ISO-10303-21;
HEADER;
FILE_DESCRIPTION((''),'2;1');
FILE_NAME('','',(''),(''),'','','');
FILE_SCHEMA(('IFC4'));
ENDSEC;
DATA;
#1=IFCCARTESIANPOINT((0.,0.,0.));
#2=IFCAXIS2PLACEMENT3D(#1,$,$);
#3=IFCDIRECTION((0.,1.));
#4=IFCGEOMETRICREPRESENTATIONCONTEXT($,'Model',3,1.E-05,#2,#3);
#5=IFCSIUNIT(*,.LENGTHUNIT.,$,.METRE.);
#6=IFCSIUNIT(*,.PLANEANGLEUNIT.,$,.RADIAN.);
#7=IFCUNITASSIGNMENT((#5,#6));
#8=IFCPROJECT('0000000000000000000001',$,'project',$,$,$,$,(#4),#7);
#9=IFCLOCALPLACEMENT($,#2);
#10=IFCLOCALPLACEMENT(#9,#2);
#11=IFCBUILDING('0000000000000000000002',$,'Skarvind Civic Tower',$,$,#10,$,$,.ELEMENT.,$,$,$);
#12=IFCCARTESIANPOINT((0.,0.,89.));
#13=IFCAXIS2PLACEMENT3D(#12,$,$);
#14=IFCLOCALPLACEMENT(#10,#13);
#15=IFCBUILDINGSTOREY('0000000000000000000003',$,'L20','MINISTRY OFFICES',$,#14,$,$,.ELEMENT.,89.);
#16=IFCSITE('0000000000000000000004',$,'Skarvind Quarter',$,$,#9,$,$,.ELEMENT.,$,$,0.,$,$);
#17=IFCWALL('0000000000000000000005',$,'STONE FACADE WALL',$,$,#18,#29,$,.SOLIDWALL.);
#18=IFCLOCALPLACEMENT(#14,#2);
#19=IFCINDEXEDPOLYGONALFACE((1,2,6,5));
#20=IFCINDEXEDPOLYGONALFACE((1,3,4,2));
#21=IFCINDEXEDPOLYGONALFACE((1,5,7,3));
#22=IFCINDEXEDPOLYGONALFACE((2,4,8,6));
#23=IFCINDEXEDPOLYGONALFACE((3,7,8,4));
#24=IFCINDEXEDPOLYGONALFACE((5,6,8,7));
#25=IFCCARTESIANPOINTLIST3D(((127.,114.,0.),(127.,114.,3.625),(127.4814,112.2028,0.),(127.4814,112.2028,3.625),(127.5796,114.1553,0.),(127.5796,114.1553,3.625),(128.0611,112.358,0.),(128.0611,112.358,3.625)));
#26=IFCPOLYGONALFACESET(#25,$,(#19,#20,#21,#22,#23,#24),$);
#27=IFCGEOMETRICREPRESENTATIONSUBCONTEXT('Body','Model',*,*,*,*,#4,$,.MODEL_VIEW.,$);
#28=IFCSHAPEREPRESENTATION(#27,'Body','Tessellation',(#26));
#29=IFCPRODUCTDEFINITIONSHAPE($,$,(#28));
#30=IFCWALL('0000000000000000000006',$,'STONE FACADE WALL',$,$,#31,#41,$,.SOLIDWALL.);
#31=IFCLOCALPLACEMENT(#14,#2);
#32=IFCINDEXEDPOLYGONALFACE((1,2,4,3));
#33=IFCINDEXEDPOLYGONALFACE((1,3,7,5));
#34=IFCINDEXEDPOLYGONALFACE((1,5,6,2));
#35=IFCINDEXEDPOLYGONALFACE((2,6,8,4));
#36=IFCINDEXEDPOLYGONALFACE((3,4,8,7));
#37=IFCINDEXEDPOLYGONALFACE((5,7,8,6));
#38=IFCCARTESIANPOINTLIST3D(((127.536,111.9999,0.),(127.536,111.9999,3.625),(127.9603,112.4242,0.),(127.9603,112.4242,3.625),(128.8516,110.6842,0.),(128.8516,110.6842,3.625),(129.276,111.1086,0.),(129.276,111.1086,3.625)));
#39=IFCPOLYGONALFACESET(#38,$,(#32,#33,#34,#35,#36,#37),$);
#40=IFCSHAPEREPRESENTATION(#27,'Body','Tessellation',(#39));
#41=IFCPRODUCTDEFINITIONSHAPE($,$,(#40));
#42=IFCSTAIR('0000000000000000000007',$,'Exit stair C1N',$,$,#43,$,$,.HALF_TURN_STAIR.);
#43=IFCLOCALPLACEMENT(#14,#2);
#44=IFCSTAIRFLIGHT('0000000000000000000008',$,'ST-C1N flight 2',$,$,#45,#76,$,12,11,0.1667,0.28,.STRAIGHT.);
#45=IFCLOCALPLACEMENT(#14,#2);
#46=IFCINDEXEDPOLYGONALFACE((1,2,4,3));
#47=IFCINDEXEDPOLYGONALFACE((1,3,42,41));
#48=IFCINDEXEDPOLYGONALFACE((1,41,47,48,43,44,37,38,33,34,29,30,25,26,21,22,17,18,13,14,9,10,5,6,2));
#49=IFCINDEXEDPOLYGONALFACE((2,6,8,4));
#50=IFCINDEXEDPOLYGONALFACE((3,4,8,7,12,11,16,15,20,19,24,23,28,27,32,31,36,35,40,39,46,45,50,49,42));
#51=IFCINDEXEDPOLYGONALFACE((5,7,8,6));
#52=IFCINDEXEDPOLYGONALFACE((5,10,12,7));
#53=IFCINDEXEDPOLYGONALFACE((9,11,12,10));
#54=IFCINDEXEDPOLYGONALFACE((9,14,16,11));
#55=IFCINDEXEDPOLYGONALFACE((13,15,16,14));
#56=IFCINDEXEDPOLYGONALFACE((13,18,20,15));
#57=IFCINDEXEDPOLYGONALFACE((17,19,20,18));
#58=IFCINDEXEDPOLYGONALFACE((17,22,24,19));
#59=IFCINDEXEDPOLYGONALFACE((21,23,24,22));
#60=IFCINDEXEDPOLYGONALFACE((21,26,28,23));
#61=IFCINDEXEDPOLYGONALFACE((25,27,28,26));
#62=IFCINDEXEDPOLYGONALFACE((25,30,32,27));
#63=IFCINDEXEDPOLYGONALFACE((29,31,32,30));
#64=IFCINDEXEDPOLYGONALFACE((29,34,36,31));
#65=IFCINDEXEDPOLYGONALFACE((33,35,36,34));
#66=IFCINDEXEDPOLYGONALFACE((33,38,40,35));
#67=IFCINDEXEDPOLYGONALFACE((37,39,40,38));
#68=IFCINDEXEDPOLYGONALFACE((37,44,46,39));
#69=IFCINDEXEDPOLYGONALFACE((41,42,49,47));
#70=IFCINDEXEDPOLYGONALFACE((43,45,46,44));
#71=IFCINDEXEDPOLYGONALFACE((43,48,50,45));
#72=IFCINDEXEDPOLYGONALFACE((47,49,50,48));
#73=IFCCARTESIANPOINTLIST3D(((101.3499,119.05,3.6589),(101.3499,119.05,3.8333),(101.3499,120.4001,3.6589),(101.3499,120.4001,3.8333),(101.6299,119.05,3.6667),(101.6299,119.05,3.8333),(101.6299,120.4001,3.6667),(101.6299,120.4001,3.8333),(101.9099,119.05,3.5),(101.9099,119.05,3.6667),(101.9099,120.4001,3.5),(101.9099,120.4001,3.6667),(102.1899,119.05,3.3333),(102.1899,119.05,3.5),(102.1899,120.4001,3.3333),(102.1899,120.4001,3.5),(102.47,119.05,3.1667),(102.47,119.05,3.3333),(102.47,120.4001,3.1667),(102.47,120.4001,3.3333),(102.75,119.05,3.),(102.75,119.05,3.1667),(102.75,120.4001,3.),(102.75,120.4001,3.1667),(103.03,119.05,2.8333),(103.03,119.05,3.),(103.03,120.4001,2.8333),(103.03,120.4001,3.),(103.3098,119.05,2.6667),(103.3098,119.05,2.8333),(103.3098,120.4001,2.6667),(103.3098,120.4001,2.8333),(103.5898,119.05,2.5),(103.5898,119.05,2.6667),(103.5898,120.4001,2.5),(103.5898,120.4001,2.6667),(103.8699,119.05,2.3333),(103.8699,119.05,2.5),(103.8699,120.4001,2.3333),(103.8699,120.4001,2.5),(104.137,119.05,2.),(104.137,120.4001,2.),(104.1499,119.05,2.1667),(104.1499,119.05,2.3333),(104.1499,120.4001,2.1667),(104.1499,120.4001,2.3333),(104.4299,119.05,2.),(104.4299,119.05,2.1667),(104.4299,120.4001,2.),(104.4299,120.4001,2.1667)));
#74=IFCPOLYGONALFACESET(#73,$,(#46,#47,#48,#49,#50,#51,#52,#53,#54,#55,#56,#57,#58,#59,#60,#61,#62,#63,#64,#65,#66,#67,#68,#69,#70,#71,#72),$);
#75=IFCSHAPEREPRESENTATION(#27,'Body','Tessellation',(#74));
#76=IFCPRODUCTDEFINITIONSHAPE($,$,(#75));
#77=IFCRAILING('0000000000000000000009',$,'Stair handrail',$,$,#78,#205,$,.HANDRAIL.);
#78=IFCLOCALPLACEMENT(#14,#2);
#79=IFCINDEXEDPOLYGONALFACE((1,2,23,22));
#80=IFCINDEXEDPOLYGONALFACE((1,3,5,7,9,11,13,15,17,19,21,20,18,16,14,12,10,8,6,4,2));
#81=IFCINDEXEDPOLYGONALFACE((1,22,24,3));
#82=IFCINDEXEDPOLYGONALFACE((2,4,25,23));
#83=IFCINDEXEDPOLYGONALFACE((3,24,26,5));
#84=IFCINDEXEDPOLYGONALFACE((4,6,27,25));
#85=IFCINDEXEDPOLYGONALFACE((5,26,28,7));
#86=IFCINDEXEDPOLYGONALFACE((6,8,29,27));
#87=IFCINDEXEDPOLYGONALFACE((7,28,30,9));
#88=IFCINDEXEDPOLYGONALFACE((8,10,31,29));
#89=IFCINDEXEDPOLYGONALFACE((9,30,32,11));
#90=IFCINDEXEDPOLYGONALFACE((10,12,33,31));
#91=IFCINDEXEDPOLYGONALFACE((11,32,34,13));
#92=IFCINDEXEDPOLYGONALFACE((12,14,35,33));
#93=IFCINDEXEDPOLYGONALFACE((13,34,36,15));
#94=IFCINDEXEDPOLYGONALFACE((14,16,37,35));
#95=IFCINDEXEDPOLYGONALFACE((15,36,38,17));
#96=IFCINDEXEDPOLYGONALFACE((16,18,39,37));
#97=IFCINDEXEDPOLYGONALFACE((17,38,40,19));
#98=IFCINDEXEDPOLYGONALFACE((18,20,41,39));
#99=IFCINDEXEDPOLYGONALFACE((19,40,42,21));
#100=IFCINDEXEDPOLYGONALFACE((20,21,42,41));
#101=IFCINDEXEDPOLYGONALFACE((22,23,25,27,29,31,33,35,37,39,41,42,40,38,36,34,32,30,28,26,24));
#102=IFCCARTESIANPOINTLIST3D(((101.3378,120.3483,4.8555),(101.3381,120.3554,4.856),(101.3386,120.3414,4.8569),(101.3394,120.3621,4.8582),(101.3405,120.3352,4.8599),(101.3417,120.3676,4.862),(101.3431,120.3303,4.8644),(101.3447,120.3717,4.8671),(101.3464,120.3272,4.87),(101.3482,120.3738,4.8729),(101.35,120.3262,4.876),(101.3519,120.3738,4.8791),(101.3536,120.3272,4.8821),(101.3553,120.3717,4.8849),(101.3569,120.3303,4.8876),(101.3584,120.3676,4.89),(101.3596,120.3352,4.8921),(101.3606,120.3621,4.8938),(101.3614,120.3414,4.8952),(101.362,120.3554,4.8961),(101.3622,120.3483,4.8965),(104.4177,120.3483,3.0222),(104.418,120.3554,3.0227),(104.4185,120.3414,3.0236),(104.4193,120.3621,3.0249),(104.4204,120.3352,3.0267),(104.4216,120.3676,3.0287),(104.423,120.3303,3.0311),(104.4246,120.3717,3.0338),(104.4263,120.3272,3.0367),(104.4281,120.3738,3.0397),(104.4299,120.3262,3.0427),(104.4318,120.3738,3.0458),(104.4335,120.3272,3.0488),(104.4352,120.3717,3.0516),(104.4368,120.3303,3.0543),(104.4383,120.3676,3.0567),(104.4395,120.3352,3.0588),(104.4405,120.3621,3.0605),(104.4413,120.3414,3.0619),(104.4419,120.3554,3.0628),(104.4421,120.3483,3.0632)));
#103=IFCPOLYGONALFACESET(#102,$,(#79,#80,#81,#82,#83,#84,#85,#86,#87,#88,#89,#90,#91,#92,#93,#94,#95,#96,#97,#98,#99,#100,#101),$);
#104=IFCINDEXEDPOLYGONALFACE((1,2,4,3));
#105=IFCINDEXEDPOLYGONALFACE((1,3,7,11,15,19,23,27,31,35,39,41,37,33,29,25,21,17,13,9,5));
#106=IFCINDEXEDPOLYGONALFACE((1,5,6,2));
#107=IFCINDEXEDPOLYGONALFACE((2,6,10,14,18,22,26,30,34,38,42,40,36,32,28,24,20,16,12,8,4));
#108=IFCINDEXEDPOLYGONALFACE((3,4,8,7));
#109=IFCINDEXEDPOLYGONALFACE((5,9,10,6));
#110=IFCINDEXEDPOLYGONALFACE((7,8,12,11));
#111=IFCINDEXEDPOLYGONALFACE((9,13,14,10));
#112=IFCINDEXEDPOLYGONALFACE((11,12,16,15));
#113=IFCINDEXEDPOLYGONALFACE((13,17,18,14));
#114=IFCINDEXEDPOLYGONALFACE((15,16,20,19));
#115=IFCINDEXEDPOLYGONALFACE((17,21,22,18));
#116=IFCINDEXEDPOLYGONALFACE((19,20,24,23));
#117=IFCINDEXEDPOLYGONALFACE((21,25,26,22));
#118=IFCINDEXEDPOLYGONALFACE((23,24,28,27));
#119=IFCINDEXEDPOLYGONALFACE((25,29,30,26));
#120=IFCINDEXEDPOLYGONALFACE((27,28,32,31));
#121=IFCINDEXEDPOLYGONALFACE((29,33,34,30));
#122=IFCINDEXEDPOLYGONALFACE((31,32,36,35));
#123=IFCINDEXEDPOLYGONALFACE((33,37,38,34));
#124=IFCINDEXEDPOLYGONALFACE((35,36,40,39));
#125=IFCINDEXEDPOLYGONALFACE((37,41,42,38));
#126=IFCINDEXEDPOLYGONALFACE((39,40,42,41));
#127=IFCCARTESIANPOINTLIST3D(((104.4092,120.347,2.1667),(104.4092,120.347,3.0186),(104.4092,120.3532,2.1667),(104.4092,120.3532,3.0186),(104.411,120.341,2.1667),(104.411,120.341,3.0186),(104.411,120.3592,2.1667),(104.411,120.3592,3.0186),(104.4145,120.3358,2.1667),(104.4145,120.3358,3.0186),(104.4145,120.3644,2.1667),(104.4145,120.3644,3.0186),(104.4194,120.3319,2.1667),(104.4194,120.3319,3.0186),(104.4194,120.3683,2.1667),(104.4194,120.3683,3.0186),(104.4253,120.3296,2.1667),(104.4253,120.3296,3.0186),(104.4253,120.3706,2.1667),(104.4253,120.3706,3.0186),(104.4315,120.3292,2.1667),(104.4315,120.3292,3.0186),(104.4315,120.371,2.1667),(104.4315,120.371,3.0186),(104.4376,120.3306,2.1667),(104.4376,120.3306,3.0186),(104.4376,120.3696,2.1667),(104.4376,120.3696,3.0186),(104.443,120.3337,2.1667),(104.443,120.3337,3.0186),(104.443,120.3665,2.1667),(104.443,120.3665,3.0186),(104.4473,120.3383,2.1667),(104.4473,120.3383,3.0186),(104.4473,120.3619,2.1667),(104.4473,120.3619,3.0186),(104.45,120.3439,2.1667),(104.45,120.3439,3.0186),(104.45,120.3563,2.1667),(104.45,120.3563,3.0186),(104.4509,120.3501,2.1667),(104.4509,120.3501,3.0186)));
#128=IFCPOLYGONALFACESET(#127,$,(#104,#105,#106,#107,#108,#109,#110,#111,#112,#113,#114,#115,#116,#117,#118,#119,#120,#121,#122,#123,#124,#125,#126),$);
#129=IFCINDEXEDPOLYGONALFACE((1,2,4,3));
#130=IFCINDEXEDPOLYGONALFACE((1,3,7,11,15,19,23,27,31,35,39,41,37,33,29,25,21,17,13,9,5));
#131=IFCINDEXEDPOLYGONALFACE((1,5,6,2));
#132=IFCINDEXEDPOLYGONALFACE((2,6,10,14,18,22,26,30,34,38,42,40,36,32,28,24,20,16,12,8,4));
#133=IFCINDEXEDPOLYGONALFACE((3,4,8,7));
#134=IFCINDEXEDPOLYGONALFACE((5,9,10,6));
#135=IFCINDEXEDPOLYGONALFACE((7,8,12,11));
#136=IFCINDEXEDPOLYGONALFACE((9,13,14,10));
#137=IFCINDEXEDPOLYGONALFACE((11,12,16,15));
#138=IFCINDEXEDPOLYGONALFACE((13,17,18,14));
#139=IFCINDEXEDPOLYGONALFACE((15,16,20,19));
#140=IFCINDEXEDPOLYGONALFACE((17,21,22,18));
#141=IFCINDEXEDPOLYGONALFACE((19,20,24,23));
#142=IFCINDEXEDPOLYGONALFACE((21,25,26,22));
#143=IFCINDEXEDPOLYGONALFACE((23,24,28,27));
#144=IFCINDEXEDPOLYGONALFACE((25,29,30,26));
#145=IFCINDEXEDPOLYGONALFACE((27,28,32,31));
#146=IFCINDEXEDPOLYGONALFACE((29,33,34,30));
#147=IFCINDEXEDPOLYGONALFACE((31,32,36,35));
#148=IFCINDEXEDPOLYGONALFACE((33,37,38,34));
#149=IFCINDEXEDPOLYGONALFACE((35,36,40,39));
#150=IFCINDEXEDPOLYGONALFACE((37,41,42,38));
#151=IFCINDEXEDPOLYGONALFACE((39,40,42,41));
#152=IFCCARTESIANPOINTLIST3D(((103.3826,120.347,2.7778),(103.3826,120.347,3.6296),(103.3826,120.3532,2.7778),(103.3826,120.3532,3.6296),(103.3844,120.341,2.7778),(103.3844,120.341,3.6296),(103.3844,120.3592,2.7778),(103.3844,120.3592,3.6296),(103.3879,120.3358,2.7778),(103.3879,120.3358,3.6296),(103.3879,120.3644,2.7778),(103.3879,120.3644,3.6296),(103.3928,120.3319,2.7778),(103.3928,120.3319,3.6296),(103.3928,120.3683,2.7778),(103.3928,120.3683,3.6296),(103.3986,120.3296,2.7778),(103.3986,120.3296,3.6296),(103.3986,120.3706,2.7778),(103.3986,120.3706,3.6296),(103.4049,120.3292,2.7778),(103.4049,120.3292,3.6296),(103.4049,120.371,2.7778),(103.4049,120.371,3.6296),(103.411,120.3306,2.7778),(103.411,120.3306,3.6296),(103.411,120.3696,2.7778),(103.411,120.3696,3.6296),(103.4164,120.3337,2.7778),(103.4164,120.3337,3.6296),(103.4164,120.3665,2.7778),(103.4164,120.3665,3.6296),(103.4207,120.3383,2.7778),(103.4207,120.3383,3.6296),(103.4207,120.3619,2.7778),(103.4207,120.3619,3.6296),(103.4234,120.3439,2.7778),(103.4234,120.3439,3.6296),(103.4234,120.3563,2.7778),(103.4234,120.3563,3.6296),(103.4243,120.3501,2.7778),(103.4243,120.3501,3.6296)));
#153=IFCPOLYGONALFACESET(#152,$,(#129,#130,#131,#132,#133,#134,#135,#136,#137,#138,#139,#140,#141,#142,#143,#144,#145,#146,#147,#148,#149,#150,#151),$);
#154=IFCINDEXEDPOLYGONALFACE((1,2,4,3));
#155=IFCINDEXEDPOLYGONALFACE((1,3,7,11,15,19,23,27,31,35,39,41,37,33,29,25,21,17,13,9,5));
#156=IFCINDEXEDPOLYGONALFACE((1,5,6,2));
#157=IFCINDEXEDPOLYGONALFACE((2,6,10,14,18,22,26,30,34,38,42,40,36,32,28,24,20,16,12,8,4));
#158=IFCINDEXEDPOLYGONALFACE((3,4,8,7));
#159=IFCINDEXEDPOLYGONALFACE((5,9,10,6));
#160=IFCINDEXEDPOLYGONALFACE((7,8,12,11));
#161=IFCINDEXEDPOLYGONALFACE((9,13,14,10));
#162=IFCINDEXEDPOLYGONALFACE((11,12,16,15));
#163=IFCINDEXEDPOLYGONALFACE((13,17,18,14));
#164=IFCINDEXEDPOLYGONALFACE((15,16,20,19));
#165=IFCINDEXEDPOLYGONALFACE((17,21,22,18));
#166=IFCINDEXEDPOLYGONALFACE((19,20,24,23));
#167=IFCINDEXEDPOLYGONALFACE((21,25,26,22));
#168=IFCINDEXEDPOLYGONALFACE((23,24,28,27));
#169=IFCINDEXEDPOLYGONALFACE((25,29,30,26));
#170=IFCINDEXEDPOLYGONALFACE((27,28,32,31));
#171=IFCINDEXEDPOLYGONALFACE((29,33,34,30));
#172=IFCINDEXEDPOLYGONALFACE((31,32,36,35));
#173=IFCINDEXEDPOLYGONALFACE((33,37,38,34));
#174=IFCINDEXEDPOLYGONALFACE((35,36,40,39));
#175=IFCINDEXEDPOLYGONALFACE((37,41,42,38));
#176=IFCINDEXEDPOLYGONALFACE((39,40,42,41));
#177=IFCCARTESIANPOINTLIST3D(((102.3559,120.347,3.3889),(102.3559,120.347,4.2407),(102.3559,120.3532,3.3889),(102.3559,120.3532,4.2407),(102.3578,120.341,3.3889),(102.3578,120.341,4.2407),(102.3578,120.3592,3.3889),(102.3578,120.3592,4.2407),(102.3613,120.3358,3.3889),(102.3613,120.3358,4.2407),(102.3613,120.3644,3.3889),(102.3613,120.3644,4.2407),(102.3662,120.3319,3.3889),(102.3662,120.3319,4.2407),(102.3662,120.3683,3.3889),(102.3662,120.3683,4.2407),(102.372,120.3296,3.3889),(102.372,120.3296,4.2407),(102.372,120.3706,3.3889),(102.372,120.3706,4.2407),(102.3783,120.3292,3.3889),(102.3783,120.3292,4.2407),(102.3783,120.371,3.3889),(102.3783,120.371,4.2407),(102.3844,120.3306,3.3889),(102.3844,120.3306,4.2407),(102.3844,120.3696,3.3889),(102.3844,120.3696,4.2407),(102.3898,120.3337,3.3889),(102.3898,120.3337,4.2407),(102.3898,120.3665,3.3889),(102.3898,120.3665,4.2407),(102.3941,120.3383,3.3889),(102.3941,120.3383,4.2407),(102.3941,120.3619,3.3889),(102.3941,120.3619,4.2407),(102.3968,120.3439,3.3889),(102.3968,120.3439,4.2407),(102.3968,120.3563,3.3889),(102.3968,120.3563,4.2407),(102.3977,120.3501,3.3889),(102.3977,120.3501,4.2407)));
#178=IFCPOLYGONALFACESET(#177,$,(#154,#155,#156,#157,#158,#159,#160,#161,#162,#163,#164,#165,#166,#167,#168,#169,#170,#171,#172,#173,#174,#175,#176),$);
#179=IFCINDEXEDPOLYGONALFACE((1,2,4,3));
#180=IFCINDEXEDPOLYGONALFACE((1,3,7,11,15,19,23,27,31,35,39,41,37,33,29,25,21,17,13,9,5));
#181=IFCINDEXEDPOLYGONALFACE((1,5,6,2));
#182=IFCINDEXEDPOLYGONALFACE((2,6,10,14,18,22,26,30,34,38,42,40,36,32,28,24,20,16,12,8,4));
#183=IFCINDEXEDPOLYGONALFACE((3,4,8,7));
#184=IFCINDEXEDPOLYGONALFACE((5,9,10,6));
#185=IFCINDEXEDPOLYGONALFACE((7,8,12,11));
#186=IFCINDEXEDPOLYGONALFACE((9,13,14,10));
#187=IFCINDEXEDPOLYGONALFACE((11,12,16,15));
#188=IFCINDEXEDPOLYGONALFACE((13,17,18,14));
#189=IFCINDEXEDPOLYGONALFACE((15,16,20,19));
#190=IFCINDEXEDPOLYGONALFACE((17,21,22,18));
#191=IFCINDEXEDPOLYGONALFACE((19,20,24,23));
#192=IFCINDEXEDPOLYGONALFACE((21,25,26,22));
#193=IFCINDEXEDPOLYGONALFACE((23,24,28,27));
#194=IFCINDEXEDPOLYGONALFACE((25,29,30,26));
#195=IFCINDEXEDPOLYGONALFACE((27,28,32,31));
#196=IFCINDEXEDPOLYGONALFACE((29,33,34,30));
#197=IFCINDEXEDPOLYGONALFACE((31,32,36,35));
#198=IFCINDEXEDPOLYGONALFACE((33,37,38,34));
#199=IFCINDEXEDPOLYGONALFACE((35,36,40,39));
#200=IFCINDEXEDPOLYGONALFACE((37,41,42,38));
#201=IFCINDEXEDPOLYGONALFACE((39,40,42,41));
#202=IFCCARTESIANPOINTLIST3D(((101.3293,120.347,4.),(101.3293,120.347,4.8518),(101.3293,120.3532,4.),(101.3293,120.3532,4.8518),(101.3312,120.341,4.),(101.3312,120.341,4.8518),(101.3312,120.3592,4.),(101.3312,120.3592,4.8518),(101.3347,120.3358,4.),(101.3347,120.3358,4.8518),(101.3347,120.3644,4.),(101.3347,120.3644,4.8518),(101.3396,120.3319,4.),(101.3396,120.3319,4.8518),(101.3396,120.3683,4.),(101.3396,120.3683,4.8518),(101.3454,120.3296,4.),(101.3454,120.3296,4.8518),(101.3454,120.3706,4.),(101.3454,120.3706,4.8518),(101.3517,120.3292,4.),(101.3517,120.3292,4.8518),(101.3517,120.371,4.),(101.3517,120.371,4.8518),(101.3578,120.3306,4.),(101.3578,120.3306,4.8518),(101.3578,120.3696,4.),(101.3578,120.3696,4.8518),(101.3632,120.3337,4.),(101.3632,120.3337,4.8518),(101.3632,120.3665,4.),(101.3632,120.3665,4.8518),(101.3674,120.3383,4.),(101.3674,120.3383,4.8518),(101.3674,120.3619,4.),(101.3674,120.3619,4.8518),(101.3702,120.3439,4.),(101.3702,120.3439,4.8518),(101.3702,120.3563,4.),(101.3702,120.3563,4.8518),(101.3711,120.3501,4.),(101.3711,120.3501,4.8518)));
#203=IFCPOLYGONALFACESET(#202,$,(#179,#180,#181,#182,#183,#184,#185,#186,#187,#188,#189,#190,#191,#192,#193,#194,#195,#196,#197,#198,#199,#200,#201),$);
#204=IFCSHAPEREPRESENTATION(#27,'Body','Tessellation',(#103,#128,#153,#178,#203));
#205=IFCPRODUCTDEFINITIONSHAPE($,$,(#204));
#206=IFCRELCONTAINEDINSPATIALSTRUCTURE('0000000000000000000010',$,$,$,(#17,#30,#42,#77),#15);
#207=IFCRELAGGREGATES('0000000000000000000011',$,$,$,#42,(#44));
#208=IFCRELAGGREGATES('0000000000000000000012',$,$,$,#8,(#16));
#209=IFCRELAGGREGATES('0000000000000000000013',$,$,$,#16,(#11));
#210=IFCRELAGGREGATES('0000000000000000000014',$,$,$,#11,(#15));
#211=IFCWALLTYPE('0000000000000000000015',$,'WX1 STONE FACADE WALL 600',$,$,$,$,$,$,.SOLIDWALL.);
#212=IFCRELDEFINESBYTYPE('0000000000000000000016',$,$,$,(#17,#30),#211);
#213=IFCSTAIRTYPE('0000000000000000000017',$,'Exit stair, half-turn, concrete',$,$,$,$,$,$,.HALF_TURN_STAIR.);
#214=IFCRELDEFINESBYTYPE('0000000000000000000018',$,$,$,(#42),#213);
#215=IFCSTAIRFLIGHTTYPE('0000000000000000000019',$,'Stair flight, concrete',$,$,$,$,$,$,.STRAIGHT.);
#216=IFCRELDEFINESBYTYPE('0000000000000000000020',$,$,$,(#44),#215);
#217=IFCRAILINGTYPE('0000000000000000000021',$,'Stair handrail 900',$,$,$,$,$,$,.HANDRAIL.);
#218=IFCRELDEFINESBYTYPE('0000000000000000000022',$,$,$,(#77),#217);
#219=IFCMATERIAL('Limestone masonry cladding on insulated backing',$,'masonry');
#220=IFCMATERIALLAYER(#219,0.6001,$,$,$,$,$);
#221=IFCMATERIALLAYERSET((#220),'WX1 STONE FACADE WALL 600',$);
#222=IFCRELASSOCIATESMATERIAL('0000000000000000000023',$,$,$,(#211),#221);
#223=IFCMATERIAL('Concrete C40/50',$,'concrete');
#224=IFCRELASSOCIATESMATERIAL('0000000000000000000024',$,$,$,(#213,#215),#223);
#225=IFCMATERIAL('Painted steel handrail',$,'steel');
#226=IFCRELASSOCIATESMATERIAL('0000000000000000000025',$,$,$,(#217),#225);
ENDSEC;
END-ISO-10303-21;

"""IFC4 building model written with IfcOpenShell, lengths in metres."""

from ifc_helpers import new_model, si_unit, direction, frame, frame_2d, origin, origin_2d, place, context, subcontext, project, spatial, polyline, rectangle, circle, outline, extrude, material, layer, layer_set, type_object, element, aggregate, save


model = new_model("IFC4")

# Units and contexts
model_context = context("Model", 3, precision=1e-05, world=origin(), true_north=direction((0.0, 1.0)))
body_context = subcontext(model_context, "Body", "Model", "MODEL_VIEW")
ifc_project = project(units=[si_unit("LENGTHUNIT", "METRE"), si_unit("PLANEANGLEUNIT", "RADIAN")], contexts=[model_context])

# Site, building, storey
site_placement = place(None, origin())
site = spatial("IfcSite", under=ifc_project, at=site_placement, Name="Skarvind Quarter", CompositionType="ELEMENT", RefElevation=0.0)
building_placement = place(site_placement, origin())
building = spatial("IfcBuilding", under=site, at=building_placement, Name="Skarvind Civic Tower", CompositionType="ELEMENT")
storey_placement = place(building_placement, frame((0.0, 0.0, 89.0)))
storey = spatial("IfcBuildingStorey", under=building, at=storey_placement, Name="L20", Description="MINISTRY OFFICES", CompositionType="ELEMENT", Elevation=89.0)

# Walls
ifc_material_1 = material(Name="Limestone masonry cladding on insulated backing", Category="masonry")
ifc_layer_1 = layer(ifc_material_1, 0.6001)
ifc_layer_set_1 = layer_set([ifc_layer_1], Name="WX1 STONE FACADE WALL 600")
wall_type_1 = type_object("IfcWallType", Name="WX1 STONE FACADE WALL 600", PredefinedType="SOLIDWALL", material=ifc_layer_set_1)
for number, where, z_axis, x_axis, name in (
    (1, (127.7712, 112.2805, 0.0), (0.0, 0.0, 1.0), (-0.258773, 0.965938, 0.0), "STONE FACADE WALL"),
    (2, (129.0637, 110.8965, 0.0), (0.0, 0.0, 1.0), (-0.707107, 0.707107, 0.0), "STONE FACADE WALL"),
):
    element("IfcWall", number, at=place(storey_placement, frame(where, z_axis=z_axis, x_axis=x_axis)), inside=storey, type_object=wall_type_1, Name=name, PredefinedType="SOLIDWALL", context=body_context, shape_type="SweptSolid", body=[
        extrude(rectangle(XDim=1.8606, YDim=0.6001, at=frame_2d((0.9302, 0.0))), origin(), (0.0, 0.0, 1.0), 3.625),
    ])

# Stair, stair flight
ifc_material_2 = material(Name="Concrete C40/50", Category="concrete")
stair_type = type_object("IfcStairType", Name="Exit stair, half-turn, concrete", PredefinedType="HALF_TURN_STAIR", material=ifc_material_2)
stair_placement = place(storey_placement, origin())
stair = element("IfcStair", 3, at=stair_placement, inside=storey, type_object=stair_type, Name="Exit stair C1N", PredefinedType="HALF_TURN_STAIR")
stair_flight_type = type_object("IfcStairFlightType", Name="Stair flight, concrete", PredefinedType="STRAIGHT", material=ifc_material_2)
stair_flight_placement = place(storey_placement, frame((104.4299, 119.7251, 2.0), z_axis=(0.0, 0.0, 1.0), x_axis=(-1.0, 0.0, 0.0)))
stair_flight = element("IfcStairFlight", 4, at=stair_flight_placement, type_object=stair_flight_type, Name="ST-C1N flight 2", NumberOfRisers=12, NumberOfTreads=11, PredefinedType="STRAIGHT", RiserHeight=0.1667, TreadLength=0.28, context=body_context, shape_type="SweptSolid", body=[
    extrude(outline(polyline([(0.0, 0.0), (0.0, 0.1667), (0.28, 0.1667), (0.28, 0.3333), (0.5601, 0.3333), (0.5601, 0.5), (0.8401, 0.5), (0.8401, 0.6667), (1.1201, 0.6667), (1.1201, 0.8333), (1.3999, 0.8333), (1.3999, 1.0), (1.6799, 1.0), (1.6799, 1.1667), (1.96, 1.1667), (1.96, 1.3333), (2.24, 1.3333), (2.24, 1.5), (2.52, 1.5), (2.52, 1.6667), (2.8, 1.6667), (2.8, 1.8333), (3.0801, 1.8333), (3.0801, 2.0), (3.0801, 1.6589), (0.293, 0.0), (0.0, 0.0)])), frame((0.0, 0.675, 0.0), z_axis=(0.0, -1.0, 0.0), x_axis=(1.0, 0.0, 0.0)), (0.0, 0.0, 1.0), 1.3501),
])
aggregate(stair, [stair_flight])

# Railing
ifc_material_3 = material(Name="Painted steel handrail", Category="steel")
railing_type = type_object("IfcRailingType", Name="Stair handrail 900", PredefinedType="HANDRAIL", material=ifc_material_3)
railing_placement = place(storey_placement, frame((104.4299, 120.3501, 2.1667)))
element("IfcRailing", 5, at=railing_placement, inside=storey, type_object=railing_type, Name="Stair handrail", PredefinedType="HANDRAIL", context=body_context, shape_type="SweptSolid", body=[
    extrude(circle(Radius=0.0239, at=origin_2d()), frame((0.0, 0.0, 0.876), z_axis=(-0.859291, 0.0, 0.511487), x_axis=(0.0, -1.0, 0.0)), (0.0, 0.0, 1.0), 3.5842),
    extrude(circle(Radius=0.021, at=origin_2d()), origin(), (0.0, 0.0, 1.0), 0.8518),
    extrude(circle(Radius=0.021, at=origin_2d()), frame((-1.0266, 0.0, 0.6111)), (0.0, 0.0, 1.0), 0.8518),
    extrude(circle(Radius=0.021, at=origin_2d()), frame((-2.0532, 0.0, 1.2222)), (0.0, 0.0, 1.0), 0.8518),
    extrude(circle(Radius=0.021, at=origin_2d()), frame((-3.0798, 0.0, 1.8333)), (0.0, 0.0, 1.0), 0.8518),
])

save(model, "model.ifc")
